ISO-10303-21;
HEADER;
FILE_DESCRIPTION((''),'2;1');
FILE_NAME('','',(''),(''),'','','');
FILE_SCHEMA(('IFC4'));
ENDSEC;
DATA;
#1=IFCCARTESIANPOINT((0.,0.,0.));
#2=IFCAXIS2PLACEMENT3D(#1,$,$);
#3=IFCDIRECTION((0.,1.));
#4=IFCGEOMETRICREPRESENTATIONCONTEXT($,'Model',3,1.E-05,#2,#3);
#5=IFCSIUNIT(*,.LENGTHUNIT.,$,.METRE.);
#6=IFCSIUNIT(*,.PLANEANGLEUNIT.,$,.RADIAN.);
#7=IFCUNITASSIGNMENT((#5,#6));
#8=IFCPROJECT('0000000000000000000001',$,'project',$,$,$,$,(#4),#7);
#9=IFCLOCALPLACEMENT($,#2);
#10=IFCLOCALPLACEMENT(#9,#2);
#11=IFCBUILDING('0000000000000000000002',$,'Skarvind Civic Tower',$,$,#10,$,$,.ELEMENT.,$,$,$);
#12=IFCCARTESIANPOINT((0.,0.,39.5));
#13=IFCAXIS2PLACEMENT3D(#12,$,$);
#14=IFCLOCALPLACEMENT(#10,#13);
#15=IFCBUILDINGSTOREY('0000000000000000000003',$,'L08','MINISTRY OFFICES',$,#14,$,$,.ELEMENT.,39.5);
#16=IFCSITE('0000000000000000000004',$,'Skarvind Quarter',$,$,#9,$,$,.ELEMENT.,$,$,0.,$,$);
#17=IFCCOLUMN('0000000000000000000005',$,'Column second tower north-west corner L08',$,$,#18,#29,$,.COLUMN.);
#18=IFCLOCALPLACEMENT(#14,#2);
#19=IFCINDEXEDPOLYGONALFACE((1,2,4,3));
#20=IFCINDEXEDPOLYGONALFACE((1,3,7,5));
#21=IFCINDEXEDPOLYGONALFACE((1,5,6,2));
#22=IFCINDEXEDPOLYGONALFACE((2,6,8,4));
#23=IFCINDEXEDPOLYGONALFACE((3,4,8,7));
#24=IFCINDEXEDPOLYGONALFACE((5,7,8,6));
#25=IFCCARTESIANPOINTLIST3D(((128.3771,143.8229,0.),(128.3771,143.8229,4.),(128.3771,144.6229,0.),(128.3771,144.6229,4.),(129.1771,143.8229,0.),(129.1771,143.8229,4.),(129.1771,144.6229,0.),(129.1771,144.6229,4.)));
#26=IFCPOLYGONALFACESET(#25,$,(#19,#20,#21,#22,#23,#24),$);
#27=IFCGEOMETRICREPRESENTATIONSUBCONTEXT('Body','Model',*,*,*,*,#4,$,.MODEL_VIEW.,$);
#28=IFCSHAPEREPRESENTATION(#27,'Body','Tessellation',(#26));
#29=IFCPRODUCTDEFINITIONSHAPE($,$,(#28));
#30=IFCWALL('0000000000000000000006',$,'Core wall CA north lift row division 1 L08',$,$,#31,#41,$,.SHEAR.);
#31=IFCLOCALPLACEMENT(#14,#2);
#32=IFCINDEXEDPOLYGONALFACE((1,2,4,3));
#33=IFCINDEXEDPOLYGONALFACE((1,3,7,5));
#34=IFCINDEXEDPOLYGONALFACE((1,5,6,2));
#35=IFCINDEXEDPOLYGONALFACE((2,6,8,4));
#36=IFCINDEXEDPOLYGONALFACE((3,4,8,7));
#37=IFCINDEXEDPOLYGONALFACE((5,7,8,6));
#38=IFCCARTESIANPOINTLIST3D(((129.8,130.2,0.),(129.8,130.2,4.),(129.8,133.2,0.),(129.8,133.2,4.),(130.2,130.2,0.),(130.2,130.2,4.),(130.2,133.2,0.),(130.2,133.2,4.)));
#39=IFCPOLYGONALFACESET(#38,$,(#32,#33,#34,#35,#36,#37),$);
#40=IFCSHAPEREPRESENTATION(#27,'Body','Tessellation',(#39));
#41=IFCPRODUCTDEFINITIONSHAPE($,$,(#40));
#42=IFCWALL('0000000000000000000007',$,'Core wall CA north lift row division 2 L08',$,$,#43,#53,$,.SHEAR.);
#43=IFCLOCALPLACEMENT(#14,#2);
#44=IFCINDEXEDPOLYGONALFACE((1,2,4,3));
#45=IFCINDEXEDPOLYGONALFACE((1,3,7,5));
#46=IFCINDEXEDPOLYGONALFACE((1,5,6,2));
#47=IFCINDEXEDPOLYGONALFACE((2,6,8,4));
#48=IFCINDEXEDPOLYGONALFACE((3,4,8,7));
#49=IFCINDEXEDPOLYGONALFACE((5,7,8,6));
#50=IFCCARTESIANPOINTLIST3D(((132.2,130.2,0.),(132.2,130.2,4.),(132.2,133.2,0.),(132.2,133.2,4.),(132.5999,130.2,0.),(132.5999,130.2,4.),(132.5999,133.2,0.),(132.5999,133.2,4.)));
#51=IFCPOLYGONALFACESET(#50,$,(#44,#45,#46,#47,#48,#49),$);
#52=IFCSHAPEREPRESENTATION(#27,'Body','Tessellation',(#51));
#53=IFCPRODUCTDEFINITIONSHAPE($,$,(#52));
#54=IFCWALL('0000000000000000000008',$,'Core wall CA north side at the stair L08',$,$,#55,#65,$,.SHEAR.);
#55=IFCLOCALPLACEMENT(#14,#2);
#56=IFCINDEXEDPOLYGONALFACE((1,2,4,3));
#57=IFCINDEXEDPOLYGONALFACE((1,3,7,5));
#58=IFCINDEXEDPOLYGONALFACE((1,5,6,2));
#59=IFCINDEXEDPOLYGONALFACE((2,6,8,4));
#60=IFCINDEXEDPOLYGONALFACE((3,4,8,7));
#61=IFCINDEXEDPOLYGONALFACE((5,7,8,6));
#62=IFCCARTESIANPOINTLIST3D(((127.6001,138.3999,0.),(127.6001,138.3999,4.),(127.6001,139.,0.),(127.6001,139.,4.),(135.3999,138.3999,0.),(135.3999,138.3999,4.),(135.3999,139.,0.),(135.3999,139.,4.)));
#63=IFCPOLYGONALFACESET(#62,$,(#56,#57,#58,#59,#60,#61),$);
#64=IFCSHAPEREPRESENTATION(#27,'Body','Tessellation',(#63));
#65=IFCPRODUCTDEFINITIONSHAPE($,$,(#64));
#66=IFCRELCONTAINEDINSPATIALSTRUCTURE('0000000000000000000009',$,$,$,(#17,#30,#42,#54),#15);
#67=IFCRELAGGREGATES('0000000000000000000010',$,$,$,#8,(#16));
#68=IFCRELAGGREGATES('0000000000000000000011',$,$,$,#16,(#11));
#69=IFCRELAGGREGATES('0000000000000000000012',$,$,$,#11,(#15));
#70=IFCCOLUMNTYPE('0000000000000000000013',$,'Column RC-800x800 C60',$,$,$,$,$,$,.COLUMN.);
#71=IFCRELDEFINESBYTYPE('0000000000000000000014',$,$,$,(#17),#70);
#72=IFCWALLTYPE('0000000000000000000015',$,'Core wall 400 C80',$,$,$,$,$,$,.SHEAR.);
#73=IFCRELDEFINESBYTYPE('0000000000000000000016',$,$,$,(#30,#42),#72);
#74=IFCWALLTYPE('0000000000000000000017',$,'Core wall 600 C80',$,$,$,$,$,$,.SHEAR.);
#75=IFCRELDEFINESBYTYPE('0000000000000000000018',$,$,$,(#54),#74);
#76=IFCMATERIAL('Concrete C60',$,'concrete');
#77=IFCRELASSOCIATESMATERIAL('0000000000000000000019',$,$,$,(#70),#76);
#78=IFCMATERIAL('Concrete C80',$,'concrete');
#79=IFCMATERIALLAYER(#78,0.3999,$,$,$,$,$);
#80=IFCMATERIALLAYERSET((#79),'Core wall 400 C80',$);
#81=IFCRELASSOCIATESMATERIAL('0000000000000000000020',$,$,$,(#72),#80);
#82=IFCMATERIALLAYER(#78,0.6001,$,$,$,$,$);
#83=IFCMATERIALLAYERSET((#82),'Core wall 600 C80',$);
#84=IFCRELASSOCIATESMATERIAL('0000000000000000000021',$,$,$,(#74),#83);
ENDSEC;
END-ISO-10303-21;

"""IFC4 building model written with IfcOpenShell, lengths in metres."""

from ifc_helpers import new_model, si_unit, direction, frame, frame_2d, origin, origin_2d, place, context, subcontext, project, spatial, rectangle, extrude, material, layer, layer_set, material_profile, profile_set, type_object, element, save


model = new_model("IFC4")

# Units and contexts
model_context = context("Model", 3, precision=1e-05, world=origin(), true_north=direction((0.0, 1.0)))
body_context = subcontext(model_context, "Body", "Model", "MODEL_VIEW")
ifc_project = project(units=[si_unit("LENGTHUNIT", "METRE"), si_unit("PLANEANGLEUNIT", "RADIAN")], contexts=[model_context])

# Site, building, storey
site_placement = place(None, origin())
site = spatial("IfcSite", under=ifc_project, at=site_placement, Name="Skarvind Quarter", CompositionType="ELEMENT", RefElevation=0.0)
building_placement = place(site_placement, origin())
building = spatial("IfcBuilding", under=site, at=building_placement, Name="Skarvind Civic Tower", CompositionType="ELEMENT")
storey_placement = place(building_placement, frame((0.0, 0.0, 39.5)))
storey = spatial("IfcBuildingStorey", under=building, at=storey_placement, Name="L08", Description="MINISTRY OFFICES", CompositionType="ELEMENT", Elevation=39.5)

# Column
ifc_material_1 = material(Name="Concrete C60", Category="concrete")
ifc_material_profile = material_profile(ifc_material_1, rectangle(XDim=0.8, YDim=0.8, at=origin_2d()), Name="RC-800x800")
ifc_profile_set = profile_set([ifc_material_profile], Name="Concrete C60")
column_type = type_object("IfcColumnType", Name="Column RC-800x800 C60", PredefinedType="COLUMN", material=ifc_profile_set)
column_placement = place(storey_placement, frame((128.7771, 144.2229, 0.0), z_axis=(0.0, 0.0, 1.0), x_axis=(1.0, 0.0, 0.0)))
element("IfcColumn", 1, at=column_placement, inside=storey, type_object=column_type, Name="Column second tower north-west corner L08", PredefinedType="COLUMN", context=body_context, shape_type="SweptSolid", body=[
    extrude(rectangle(XDim=0.8, YDim=0.8, at=origin_2d()), origin(), (0.0, 0.0, 1.0), 4.0),
])

# Walls
ifc_material_2 = material(Name="Concrete C80", Category="concrete")
ifc_layer_1 = layer(ifc_material_2, 0.3999)
ifc_layer_set_1 = layer_set([ifc_layer_1], Name="Core wall 400 C80")
wall_type_1 = type_object("IfcWallType", Name="Core wall 400 C80", PredefinedType="SHEAR", material=ifc_layer_set_1)
for number, where, z_axis, x_axis, name in (
    (2, (130.0, 130.2, 0.0), (0.0, 0.0, 1.0), (0.0, 1.0, 0.0), "Core wall CA north lift row division 1 L08"),
    (3, (132.3999, 130.2, 0.0), (0.0, 0.0, 1.0), (0.0, 1.0, 0.0), "Core wall CA north lift row division 2 L08"),
):
    element("IfcWall", number, at=place(storey_placement, frame(where, z_axis=z_axis, x_axis=x_axis)), inside=storey, type_object=wall_type_1, Name=name, PredefinedType="SHEAR", context=body_context, shape_type="SweptSolid", body=[
        extrude(rectangle(XDim=3.0, YDim=0.3999, at=frame_2d((1.5, 0.0))), origin(), (0.0, 0.0, 1.0), 4.0),
    ])
ifc_layer_2 = layer(ifc_material_2, 0.6001)
ifc_layer_set_2 = layer_set([ifc_layer_2], Name="Core wall 600 C80")
wall_type_2 = type_object("IfcWallType", Name="Core wall 600 C80", PredefinedType="SHEAR", material=ifc_layer_set_2)
wall_1_placement = place(storey_placement, frame((127.6001, 138.7, 0.0), z_axis=(0.0, 0.0, 1.0), x_axis=(1.0, 0.0, 0.0)))
element("IfcWall", 4, at=wall_1_placement, inside=storey, type_object=wall_type_2, Name="Core wall CA north side at the stair L08", PredefinedType="SHEAR", context=body_context, shape_type="SweptSolid", body=[
    extrude(rectangle(XDim=7.7998, YDim=0.6001, at=frame_2d((3.8999, 0.0))), origin(), (0.0, 0.0, 1.0), 4.0),
])

save(model, "model.ifc")
